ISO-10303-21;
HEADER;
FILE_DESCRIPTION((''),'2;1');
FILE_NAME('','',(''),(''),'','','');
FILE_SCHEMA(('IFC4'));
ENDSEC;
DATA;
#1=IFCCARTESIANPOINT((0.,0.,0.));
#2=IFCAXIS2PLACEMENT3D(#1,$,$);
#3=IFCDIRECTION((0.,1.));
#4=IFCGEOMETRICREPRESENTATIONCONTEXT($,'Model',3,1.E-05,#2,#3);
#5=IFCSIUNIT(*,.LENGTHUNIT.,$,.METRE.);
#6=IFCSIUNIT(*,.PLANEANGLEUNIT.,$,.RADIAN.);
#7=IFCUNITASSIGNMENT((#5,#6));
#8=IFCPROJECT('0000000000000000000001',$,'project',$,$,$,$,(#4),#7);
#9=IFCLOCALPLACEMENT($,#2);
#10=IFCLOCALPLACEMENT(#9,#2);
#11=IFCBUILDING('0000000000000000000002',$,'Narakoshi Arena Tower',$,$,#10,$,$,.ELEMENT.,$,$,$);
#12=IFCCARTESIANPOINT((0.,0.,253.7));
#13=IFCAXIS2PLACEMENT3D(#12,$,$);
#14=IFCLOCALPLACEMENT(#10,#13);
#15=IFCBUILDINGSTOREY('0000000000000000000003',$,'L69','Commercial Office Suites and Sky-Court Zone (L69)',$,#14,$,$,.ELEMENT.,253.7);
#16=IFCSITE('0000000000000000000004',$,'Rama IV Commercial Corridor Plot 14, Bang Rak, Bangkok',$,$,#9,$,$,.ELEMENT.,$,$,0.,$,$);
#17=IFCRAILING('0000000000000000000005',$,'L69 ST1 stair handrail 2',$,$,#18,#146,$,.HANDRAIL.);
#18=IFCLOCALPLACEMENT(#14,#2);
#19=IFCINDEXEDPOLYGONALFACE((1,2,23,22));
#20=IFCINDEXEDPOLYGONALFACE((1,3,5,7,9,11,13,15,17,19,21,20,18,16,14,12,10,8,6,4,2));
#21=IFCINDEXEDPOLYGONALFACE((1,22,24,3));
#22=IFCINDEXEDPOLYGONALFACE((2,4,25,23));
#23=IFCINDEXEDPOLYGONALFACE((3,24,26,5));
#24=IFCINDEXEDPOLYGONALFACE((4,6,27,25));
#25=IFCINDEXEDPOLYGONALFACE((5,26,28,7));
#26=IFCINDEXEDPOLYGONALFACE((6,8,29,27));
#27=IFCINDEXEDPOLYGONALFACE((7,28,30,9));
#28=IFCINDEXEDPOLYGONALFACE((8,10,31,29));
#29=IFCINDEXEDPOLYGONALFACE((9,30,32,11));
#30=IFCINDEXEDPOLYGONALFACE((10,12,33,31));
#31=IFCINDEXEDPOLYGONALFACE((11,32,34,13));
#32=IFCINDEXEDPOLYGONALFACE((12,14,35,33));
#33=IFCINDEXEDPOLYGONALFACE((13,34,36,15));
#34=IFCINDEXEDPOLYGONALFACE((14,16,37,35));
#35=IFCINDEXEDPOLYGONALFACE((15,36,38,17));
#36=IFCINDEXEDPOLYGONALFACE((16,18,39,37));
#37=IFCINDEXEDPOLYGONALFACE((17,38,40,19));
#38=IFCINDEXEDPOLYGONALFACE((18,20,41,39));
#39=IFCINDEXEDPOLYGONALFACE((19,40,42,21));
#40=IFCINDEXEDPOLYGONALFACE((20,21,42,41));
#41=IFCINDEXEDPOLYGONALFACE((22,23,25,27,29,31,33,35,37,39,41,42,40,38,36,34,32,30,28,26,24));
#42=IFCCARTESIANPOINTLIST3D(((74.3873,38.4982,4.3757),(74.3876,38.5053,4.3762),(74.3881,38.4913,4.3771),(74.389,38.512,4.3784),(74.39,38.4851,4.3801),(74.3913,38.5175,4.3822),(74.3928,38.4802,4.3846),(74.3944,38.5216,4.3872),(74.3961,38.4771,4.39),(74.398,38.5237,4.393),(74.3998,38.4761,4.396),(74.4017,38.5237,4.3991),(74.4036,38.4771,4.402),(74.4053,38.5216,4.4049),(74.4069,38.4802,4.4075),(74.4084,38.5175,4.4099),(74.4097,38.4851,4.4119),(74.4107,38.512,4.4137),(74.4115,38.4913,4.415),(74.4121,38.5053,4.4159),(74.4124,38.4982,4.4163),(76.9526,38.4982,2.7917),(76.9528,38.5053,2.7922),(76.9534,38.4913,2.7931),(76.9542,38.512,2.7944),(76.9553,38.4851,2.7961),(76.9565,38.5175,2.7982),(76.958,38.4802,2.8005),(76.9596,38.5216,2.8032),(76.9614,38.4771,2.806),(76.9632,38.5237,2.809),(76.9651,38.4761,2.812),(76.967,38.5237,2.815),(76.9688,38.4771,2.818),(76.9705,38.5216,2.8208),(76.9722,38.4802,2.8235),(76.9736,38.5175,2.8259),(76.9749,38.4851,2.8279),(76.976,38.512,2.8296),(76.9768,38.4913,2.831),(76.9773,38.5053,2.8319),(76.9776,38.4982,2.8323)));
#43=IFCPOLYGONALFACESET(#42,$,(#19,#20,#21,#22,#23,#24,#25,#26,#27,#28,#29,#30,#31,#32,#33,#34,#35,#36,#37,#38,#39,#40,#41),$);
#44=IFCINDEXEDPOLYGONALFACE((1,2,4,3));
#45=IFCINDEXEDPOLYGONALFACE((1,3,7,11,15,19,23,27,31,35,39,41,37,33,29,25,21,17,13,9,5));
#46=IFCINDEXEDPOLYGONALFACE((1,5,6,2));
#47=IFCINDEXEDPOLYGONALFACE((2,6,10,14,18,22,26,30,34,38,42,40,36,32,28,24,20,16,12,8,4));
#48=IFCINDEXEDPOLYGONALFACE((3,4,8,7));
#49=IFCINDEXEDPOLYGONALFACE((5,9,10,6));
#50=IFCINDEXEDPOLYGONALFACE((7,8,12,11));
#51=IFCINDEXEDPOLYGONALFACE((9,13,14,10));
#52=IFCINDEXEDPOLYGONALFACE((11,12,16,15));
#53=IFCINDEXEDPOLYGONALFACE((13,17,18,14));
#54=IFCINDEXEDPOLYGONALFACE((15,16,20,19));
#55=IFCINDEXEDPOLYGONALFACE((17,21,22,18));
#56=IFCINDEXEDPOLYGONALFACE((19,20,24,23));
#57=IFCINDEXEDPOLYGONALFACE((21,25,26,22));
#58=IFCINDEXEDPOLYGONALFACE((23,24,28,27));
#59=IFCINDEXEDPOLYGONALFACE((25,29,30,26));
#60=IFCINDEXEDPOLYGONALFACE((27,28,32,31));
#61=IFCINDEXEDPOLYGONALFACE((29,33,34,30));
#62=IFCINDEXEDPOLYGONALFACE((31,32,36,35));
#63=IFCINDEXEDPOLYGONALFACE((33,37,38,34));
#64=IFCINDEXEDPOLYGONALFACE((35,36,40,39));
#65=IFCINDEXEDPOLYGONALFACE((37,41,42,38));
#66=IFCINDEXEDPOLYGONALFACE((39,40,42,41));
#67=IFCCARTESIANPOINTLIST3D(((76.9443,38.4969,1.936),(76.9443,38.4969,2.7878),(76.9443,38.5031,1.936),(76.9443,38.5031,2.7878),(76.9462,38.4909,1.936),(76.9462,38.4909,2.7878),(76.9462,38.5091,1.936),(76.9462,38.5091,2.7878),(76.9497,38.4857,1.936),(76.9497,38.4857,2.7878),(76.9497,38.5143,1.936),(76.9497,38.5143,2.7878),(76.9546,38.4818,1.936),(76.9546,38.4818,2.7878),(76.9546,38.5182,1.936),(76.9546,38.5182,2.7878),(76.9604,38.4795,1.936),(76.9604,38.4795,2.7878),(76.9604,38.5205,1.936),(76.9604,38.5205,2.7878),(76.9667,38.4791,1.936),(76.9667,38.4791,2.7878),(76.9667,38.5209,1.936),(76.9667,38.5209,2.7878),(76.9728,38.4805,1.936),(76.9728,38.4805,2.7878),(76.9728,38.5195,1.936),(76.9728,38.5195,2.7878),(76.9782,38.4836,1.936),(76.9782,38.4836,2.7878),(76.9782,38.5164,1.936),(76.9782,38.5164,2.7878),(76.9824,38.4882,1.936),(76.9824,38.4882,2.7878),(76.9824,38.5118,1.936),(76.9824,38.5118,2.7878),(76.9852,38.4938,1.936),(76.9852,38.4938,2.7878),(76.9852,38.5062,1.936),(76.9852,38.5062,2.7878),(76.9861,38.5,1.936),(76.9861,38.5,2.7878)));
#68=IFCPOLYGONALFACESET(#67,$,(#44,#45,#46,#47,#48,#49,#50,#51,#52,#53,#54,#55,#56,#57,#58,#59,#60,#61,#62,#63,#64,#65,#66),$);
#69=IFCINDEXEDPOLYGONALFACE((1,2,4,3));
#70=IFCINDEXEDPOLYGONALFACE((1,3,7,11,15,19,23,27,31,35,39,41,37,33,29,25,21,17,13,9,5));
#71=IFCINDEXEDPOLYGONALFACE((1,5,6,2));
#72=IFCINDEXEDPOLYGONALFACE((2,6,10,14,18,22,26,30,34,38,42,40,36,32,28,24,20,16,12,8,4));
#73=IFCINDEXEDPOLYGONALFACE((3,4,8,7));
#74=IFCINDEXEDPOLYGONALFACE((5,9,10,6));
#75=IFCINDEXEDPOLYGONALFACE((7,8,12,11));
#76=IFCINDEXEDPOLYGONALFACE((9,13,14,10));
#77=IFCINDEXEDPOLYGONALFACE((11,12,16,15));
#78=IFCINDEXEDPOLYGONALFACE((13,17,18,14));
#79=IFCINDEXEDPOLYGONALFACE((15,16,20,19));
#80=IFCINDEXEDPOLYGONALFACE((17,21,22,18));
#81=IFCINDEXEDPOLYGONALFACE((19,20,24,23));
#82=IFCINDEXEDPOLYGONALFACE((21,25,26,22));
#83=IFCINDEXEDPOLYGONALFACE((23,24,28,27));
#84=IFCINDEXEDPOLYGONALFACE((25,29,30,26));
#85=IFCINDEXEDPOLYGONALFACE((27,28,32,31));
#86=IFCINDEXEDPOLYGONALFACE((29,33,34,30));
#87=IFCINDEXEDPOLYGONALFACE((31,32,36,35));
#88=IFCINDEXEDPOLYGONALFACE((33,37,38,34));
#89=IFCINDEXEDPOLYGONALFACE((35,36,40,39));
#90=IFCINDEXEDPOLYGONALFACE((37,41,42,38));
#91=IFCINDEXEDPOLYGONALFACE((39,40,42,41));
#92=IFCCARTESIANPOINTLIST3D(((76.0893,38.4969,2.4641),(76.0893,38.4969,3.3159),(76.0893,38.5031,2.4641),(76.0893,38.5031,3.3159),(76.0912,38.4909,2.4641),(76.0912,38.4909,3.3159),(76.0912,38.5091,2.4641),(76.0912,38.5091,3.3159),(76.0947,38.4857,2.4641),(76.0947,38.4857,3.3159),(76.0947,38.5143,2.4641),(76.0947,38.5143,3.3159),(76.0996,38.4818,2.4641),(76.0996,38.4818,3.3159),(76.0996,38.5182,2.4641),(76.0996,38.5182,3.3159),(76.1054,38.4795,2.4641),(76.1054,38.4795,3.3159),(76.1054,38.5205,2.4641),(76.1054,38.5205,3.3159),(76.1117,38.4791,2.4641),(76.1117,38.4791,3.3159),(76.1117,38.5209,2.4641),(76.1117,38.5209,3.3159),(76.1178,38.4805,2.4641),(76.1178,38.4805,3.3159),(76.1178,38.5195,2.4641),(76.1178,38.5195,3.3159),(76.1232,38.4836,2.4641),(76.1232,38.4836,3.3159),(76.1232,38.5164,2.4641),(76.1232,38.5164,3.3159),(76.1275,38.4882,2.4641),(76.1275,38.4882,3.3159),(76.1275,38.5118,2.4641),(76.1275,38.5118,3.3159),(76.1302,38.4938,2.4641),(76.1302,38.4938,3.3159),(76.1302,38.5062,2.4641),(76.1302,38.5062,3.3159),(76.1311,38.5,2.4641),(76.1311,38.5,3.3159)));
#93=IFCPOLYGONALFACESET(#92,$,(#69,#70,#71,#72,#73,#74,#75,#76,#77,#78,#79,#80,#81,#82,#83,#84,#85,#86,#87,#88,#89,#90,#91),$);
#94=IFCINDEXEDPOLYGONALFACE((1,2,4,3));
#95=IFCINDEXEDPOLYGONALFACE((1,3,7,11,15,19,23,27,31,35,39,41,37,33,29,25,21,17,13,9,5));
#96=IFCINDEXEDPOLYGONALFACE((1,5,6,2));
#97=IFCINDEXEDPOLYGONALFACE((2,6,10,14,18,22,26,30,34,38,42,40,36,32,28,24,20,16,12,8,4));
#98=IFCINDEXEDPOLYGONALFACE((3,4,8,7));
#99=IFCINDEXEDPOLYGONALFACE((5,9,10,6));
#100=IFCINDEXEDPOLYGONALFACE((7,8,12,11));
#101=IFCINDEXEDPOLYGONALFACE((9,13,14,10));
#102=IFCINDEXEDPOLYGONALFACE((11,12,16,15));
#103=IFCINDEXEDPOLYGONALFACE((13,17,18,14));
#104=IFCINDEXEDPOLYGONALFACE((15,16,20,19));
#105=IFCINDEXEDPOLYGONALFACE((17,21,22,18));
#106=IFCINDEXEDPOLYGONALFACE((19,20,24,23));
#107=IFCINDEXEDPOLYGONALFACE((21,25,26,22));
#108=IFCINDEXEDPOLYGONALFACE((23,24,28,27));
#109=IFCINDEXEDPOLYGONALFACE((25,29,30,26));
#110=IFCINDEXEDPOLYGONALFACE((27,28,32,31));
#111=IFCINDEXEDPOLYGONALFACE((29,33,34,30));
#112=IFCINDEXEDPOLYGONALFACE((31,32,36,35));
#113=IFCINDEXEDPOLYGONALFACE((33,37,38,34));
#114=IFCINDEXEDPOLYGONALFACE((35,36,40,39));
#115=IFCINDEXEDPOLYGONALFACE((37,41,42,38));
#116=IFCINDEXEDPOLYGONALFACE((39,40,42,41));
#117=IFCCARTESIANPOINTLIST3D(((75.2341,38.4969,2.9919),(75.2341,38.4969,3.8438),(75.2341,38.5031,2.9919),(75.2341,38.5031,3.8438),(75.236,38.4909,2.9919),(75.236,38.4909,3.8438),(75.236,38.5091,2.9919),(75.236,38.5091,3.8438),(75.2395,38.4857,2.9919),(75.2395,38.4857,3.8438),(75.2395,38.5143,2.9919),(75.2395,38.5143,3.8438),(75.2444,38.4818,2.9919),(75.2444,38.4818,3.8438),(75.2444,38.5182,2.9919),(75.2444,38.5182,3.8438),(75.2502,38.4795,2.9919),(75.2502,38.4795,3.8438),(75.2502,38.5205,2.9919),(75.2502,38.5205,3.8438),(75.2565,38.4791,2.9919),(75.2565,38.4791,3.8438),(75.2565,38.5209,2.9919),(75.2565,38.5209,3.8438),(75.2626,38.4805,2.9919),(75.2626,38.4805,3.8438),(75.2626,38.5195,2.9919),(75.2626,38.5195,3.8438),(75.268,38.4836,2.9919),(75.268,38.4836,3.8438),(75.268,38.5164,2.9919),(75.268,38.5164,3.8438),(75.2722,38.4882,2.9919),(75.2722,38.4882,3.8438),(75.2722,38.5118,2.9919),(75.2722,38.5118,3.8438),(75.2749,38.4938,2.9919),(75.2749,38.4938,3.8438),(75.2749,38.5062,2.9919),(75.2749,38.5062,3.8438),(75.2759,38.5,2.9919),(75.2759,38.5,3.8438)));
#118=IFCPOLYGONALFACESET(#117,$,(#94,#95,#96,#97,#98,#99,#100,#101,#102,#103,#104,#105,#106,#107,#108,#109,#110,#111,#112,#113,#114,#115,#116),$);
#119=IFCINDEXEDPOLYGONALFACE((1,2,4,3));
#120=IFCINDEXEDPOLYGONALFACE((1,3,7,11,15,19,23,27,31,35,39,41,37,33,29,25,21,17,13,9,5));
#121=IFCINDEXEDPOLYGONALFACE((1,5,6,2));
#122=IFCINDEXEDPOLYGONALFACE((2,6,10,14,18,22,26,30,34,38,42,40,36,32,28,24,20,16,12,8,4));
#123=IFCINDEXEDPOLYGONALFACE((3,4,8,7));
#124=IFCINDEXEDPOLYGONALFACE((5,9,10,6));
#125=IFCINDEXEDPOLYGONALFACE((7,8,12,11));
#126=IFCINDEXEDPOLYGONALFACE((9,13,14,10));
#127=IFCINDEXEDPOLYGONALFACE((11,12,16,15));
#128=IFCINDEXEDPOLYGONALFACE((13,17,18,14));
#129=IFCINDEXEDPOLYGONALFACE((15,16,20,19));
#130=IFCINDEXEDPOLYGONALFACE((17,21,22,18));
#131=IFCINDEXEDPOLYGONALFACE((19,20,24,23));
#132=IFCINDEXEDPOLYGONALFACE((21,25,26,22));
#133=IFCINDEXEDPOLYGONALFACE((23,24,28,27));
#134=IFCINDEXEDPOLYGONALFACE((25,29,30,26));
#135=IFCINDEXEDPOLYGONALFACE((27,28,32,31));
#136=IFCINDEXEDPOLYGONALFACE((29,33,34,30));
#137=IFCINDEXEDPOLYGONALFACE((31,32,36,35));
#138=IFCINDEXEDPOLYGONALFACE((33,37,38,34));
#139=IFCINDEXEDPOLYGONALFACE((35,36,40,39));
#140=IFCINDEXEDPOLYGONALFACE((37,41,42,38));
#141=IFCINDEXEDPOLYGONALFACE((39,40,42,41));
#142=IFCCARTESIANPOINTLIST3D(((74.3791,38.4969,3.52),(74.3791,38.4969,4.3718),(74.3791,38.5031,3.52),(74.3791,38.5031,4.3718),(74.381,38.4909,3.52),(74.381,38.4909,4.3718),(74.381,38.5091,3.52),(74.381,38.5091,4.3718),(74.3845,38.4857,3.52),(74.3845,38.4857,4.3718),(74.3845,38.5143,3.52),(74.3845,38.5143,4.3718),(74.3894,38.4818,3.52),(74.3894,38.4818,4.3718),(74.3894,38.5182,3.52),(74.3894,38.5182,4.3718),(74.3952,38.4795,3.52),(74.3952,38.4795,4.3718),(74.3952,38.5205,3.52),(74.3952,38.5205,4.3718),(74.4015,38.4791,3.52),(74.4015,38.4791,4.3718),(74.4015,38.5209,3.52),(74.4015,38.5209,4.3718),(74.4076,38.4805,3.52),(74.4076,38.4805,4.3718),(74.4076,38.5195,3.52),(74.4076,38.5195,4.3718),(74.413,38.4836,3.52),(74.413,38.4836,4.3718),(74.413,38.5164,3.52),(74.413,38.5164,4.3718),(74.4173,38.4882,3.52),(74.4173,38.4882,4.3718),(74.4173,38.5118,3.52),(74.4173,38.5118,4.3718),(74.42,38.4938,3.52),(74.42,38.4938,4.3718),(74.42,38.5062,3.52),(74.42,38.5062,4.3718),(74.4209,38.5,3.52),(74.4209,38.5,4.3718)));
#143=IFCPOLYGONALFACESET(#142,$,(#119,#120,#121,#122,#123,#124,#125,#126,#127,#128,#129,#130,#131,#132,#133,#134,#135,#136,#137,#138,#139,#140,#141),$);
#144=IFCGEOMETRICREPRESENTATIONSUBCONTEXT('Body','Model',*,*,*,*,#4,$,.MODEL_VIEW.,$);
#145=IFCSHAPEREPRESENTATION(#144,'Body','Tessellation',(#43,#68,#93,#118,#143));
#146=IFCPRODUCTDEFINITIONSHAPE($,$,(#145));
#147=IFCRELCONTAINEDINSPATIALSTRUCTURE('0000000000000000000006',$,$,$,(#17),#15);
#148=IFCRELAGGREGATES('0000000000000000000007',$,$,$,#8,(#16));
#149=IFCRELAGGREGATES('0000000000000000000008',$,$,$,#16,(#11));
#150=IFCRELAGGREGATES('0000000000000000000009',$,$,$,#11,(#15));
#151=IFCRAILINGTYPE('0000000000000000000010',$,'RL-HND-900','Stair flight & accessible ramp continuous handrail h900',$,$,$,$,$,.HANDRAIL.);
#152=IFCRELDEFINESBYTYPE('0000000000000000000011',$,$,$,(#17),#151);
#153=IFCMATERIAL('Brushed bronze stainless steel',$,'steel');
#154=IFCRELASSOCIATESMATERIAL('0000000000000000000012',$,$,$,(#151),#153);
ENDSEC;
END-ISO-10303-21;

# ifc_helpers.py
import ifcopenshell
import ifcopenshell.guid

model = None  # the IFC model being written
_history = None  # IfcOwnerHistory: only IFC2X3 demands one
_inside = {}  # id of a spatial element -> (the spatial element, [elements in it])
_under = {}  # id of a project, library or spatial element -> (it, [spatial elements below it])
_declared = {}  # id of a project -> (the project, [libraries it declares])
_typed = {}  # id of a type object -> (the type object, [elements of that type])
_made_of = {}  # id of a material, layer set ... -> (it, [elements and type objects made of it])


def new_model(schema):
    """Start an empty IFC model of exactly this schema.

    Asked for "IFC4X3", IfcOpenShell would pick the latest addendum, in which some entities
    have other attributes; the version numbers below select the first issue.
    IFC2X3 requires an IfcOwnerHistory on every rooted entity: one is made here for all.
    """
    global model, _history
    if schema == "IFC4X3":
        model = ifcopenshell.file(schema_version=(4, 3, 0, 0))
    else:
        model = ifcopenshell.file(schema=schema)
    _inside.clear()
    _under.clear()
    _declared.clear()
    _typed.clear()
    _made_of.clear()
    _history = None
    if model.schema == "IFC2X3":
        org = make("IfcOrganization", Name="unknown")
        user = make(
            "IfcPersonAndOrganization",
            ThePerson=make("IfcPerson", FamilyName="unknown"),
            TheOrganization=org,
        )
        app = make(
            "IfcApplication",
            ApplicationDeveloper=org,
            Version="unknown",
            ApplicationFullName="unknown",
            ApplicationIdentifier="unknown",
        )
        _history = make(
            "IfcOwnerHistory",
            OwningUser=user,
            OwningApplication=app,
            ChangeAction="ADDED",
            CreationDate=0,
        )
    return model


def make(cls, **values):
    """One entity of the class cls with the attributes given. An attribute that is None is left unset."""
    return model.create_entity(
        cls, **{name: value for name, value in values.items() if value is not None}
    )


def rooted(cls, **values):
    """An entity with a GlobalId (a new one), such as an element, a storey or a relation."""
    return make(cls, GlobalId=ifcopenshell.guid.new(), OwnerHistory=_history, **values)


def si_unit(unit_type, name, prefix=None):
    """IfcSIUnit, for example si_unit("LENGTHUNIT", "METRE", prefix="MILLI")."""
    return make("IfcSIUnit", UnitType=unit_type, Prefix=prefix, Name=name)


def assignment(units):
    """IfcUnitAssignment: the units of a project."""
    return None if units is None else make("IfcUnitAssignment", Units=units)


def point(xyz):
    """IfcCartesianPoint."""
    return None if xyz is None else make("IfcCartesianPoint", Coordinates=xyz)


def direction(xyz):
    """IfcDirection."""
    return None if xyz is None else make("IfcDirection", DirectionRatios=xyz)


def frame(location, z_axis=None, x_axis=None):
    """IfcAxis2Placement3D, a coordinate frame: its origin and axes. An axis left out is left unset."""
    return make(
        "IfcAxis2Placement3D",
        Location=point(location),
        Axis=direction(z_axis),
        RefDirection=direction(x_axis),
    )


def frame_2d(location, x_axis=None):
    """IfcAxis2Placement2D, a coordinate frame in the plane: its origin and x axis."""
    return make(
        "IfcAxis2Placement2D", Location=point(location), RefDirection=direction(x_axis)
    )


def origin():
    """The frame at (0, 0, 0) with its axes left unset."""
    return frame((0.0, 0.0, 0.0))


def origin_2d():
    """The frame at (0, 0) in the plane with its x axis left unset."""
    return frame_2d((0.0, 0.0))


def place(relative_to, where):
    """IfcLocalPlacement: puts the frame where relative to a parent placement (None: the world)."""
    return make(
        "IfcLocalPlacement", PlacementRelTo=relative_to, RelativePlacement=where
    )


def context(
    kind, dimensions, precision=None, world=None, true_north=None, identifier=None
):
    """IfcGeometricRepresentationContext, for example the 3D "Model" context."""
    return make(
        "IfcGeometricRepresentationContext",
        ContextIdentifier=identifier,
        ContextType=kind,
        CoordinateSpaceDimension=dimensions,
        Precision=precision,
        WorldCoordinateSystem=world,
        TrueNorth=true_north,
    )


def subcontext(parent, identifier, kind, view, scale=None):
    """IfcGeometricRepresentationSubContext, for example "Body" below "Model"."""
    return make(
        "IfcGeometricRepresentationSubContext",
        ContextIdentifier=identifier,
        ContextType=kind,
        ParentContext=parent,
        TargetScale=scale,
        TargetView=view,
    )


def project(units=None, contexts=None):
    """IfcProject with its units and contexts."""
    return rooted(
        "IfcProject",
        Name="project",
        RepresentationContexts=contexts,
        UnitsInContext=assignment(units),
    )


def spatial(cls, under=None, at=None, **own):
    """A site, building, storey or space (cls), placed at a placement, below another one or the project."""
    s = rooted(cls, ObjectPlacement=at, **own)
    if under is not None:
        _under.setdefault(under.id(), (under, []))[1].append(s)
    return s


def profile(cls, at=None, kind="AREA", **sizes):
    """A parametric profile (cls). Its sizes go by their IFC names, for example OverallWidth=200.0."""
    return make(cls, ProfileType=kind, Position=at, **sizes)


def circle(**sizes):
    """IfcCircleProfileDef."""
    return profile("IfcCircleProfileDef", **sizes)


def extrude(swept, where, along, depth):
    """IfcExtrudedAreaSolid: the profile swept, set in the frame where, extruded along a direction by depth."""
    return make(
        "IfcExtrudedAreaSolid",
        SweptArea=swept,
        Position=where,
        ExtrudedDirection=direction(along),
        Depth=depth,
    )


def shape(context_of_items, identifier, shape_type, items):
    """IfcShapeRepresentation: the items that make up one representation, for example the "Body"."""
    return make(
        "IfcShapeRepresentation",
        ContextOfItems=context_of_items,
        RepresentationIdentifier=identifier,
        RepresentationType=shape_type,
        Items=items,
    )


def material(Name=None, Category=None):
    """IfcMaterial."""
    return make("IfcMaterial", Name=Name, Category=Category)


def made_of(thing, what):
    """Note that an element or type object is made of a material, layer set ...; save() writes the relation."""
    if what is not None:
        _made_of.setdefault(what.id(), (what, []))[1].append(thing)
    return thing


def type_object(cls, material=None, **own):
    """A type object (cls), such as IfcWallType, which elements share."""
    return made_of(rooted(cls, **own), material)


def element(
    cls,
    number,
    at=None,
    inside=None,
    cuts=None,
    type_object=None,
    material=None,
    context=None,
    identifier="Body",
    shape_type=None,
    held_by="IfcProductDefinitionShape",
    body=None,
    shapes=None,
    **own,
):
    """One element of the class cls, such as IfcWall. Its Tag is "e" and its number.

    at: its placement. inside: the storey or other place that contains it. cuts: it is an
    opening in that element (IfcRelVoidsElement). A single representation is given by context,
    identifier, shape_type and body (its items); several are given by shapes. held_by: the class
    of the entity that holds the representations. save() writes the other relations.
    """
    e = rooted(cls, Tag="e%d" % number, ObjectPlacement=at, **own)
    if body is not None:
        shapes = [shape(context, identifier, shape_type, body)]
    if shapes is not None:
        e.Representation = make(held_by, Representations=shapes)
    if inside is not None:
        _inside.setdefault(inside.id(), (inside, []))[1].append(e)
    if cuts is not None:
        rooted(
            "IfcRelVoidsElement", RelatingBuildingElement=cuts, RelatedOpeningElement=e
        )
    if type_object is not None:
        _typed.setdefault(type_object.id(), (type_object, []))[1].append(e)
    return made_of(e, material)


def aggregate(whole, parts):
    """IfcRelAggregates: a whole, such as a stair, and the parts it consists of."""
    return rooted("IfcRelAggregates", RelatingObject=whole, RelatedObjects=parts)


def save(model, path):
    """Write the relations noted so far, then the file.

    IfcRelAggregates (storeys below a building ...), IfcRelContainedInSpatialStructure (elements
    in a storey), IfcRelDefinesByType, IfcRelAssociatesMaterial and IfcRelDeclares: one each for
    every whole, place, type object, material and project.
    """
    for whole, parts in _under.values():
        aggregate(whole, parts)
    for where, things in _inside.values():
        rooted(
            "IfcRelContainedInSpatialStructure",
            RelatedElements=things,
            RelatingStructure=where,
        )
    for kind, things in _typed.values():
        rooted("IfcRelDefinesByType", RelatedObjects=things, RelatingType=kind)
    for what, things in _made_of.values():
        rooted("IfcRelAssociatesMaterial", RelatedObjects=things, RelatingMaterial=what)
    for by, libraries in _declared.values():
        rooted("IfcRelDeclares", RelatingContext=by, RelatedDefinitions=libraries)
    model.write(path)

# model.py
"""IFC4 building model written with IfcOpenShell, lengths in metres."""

from ifc_helpers import new_model, si_unit, direction, frame, origin, origin_2d, place, context, subcontext, project, spatial, circle, extrude, material, type_object, element, save


model = new_model("IFC4")

# Units and contexts
model_context = context("Model", 3, precision=1e-05, world=origin(), true_north=direction((0.0, 1.0)))
body_context = subcontext(model_context, "Body", "Model", "MODEL_VIEW")
ifc_project = project(units=[si_unit("LENGTHUNIT", "METRE"), si_unit("PLANEANGLEUNIT", "RADIAN")], contexts=[model_context])

# Site, building, storey
site_placement = place(None, origin())
site = spatial("IfcSite", under=ifc_project, at=site_placement, Name="Rama IV Commercial Corridor Plot 14, Bang Rak, Bangkok", CompositionType="ELEMENT", RefElevation=0.0)
building_placement = place(site_placement, origin())
building = spatial("IfcBuilding", under=site, at=building_placement, Name="Narakoshi Arena Tower", CompositionType="ELEMENT")
storey_placement = place(building_placement, frame((0.0, 0.0, 253.7)))
storey = spatial("IfcBuildingStorey", under=building, at=storey_placement, Name="L69", Description="Commercial Office Suites and Sky-Court Zone (L69)", CompositionType="ELEMENT", Elevation=253.7)

# Railing
ifc_material_1 = material(Name="Brushed bronze stainless steel", Category="steel")
railing_type_1 = type_object("IfcRailingType", Name="RL-HND-900", Description="Stair flight & accessible ramp continuous handrail h900", PredefinedType="HANDRAIL", material=ifc_material_1)
railing_1_placement = place(storey_placement, frame((76.9651, 38.5, 1.936)))
element("IfcRailing", 1, at=railing_1_placement, inside=storey, type_object=railing_type_1, Name="L69 ST1 stair handrail 2", PredefinedType="HANDRAIL", context=body_context, shape_type="SweptSolid", body=[
    extrude(circle(Radius=0.0239, at=origin_2d()), frame((0.0, 0.0, 0.876), z_axis=(-0.850857, 0.0, 0.525398), x_axis=(0.0, -1.0, 0.0)), (0.0, 0.0, 1.0), 3.0149),
    extrude(circle(Radius=0.021, at=origin_2d()), origin(), (0.0, 0.0, 1.0), 0.8518),
    extrude(circle(Radius=0.021, at=origin_2d()), frame((-0.855, 0.0, 0.5281)), (0.0, 0.0, 1.0), 0.8518),
    extrude(circle(Radius=0.021, at=origin_2d()), frame((-1.7102, 0.0, 1.0559)), (0.0, 0.0, 1.0), 0.8518),
    extrude(circle(Radius=0.021, at=origin_2d()), frame((-2.5652, 0.0, 1.584)), (0.0, 0.0, 1.0), 0.8518),
])

save(model, "model.ifc")
